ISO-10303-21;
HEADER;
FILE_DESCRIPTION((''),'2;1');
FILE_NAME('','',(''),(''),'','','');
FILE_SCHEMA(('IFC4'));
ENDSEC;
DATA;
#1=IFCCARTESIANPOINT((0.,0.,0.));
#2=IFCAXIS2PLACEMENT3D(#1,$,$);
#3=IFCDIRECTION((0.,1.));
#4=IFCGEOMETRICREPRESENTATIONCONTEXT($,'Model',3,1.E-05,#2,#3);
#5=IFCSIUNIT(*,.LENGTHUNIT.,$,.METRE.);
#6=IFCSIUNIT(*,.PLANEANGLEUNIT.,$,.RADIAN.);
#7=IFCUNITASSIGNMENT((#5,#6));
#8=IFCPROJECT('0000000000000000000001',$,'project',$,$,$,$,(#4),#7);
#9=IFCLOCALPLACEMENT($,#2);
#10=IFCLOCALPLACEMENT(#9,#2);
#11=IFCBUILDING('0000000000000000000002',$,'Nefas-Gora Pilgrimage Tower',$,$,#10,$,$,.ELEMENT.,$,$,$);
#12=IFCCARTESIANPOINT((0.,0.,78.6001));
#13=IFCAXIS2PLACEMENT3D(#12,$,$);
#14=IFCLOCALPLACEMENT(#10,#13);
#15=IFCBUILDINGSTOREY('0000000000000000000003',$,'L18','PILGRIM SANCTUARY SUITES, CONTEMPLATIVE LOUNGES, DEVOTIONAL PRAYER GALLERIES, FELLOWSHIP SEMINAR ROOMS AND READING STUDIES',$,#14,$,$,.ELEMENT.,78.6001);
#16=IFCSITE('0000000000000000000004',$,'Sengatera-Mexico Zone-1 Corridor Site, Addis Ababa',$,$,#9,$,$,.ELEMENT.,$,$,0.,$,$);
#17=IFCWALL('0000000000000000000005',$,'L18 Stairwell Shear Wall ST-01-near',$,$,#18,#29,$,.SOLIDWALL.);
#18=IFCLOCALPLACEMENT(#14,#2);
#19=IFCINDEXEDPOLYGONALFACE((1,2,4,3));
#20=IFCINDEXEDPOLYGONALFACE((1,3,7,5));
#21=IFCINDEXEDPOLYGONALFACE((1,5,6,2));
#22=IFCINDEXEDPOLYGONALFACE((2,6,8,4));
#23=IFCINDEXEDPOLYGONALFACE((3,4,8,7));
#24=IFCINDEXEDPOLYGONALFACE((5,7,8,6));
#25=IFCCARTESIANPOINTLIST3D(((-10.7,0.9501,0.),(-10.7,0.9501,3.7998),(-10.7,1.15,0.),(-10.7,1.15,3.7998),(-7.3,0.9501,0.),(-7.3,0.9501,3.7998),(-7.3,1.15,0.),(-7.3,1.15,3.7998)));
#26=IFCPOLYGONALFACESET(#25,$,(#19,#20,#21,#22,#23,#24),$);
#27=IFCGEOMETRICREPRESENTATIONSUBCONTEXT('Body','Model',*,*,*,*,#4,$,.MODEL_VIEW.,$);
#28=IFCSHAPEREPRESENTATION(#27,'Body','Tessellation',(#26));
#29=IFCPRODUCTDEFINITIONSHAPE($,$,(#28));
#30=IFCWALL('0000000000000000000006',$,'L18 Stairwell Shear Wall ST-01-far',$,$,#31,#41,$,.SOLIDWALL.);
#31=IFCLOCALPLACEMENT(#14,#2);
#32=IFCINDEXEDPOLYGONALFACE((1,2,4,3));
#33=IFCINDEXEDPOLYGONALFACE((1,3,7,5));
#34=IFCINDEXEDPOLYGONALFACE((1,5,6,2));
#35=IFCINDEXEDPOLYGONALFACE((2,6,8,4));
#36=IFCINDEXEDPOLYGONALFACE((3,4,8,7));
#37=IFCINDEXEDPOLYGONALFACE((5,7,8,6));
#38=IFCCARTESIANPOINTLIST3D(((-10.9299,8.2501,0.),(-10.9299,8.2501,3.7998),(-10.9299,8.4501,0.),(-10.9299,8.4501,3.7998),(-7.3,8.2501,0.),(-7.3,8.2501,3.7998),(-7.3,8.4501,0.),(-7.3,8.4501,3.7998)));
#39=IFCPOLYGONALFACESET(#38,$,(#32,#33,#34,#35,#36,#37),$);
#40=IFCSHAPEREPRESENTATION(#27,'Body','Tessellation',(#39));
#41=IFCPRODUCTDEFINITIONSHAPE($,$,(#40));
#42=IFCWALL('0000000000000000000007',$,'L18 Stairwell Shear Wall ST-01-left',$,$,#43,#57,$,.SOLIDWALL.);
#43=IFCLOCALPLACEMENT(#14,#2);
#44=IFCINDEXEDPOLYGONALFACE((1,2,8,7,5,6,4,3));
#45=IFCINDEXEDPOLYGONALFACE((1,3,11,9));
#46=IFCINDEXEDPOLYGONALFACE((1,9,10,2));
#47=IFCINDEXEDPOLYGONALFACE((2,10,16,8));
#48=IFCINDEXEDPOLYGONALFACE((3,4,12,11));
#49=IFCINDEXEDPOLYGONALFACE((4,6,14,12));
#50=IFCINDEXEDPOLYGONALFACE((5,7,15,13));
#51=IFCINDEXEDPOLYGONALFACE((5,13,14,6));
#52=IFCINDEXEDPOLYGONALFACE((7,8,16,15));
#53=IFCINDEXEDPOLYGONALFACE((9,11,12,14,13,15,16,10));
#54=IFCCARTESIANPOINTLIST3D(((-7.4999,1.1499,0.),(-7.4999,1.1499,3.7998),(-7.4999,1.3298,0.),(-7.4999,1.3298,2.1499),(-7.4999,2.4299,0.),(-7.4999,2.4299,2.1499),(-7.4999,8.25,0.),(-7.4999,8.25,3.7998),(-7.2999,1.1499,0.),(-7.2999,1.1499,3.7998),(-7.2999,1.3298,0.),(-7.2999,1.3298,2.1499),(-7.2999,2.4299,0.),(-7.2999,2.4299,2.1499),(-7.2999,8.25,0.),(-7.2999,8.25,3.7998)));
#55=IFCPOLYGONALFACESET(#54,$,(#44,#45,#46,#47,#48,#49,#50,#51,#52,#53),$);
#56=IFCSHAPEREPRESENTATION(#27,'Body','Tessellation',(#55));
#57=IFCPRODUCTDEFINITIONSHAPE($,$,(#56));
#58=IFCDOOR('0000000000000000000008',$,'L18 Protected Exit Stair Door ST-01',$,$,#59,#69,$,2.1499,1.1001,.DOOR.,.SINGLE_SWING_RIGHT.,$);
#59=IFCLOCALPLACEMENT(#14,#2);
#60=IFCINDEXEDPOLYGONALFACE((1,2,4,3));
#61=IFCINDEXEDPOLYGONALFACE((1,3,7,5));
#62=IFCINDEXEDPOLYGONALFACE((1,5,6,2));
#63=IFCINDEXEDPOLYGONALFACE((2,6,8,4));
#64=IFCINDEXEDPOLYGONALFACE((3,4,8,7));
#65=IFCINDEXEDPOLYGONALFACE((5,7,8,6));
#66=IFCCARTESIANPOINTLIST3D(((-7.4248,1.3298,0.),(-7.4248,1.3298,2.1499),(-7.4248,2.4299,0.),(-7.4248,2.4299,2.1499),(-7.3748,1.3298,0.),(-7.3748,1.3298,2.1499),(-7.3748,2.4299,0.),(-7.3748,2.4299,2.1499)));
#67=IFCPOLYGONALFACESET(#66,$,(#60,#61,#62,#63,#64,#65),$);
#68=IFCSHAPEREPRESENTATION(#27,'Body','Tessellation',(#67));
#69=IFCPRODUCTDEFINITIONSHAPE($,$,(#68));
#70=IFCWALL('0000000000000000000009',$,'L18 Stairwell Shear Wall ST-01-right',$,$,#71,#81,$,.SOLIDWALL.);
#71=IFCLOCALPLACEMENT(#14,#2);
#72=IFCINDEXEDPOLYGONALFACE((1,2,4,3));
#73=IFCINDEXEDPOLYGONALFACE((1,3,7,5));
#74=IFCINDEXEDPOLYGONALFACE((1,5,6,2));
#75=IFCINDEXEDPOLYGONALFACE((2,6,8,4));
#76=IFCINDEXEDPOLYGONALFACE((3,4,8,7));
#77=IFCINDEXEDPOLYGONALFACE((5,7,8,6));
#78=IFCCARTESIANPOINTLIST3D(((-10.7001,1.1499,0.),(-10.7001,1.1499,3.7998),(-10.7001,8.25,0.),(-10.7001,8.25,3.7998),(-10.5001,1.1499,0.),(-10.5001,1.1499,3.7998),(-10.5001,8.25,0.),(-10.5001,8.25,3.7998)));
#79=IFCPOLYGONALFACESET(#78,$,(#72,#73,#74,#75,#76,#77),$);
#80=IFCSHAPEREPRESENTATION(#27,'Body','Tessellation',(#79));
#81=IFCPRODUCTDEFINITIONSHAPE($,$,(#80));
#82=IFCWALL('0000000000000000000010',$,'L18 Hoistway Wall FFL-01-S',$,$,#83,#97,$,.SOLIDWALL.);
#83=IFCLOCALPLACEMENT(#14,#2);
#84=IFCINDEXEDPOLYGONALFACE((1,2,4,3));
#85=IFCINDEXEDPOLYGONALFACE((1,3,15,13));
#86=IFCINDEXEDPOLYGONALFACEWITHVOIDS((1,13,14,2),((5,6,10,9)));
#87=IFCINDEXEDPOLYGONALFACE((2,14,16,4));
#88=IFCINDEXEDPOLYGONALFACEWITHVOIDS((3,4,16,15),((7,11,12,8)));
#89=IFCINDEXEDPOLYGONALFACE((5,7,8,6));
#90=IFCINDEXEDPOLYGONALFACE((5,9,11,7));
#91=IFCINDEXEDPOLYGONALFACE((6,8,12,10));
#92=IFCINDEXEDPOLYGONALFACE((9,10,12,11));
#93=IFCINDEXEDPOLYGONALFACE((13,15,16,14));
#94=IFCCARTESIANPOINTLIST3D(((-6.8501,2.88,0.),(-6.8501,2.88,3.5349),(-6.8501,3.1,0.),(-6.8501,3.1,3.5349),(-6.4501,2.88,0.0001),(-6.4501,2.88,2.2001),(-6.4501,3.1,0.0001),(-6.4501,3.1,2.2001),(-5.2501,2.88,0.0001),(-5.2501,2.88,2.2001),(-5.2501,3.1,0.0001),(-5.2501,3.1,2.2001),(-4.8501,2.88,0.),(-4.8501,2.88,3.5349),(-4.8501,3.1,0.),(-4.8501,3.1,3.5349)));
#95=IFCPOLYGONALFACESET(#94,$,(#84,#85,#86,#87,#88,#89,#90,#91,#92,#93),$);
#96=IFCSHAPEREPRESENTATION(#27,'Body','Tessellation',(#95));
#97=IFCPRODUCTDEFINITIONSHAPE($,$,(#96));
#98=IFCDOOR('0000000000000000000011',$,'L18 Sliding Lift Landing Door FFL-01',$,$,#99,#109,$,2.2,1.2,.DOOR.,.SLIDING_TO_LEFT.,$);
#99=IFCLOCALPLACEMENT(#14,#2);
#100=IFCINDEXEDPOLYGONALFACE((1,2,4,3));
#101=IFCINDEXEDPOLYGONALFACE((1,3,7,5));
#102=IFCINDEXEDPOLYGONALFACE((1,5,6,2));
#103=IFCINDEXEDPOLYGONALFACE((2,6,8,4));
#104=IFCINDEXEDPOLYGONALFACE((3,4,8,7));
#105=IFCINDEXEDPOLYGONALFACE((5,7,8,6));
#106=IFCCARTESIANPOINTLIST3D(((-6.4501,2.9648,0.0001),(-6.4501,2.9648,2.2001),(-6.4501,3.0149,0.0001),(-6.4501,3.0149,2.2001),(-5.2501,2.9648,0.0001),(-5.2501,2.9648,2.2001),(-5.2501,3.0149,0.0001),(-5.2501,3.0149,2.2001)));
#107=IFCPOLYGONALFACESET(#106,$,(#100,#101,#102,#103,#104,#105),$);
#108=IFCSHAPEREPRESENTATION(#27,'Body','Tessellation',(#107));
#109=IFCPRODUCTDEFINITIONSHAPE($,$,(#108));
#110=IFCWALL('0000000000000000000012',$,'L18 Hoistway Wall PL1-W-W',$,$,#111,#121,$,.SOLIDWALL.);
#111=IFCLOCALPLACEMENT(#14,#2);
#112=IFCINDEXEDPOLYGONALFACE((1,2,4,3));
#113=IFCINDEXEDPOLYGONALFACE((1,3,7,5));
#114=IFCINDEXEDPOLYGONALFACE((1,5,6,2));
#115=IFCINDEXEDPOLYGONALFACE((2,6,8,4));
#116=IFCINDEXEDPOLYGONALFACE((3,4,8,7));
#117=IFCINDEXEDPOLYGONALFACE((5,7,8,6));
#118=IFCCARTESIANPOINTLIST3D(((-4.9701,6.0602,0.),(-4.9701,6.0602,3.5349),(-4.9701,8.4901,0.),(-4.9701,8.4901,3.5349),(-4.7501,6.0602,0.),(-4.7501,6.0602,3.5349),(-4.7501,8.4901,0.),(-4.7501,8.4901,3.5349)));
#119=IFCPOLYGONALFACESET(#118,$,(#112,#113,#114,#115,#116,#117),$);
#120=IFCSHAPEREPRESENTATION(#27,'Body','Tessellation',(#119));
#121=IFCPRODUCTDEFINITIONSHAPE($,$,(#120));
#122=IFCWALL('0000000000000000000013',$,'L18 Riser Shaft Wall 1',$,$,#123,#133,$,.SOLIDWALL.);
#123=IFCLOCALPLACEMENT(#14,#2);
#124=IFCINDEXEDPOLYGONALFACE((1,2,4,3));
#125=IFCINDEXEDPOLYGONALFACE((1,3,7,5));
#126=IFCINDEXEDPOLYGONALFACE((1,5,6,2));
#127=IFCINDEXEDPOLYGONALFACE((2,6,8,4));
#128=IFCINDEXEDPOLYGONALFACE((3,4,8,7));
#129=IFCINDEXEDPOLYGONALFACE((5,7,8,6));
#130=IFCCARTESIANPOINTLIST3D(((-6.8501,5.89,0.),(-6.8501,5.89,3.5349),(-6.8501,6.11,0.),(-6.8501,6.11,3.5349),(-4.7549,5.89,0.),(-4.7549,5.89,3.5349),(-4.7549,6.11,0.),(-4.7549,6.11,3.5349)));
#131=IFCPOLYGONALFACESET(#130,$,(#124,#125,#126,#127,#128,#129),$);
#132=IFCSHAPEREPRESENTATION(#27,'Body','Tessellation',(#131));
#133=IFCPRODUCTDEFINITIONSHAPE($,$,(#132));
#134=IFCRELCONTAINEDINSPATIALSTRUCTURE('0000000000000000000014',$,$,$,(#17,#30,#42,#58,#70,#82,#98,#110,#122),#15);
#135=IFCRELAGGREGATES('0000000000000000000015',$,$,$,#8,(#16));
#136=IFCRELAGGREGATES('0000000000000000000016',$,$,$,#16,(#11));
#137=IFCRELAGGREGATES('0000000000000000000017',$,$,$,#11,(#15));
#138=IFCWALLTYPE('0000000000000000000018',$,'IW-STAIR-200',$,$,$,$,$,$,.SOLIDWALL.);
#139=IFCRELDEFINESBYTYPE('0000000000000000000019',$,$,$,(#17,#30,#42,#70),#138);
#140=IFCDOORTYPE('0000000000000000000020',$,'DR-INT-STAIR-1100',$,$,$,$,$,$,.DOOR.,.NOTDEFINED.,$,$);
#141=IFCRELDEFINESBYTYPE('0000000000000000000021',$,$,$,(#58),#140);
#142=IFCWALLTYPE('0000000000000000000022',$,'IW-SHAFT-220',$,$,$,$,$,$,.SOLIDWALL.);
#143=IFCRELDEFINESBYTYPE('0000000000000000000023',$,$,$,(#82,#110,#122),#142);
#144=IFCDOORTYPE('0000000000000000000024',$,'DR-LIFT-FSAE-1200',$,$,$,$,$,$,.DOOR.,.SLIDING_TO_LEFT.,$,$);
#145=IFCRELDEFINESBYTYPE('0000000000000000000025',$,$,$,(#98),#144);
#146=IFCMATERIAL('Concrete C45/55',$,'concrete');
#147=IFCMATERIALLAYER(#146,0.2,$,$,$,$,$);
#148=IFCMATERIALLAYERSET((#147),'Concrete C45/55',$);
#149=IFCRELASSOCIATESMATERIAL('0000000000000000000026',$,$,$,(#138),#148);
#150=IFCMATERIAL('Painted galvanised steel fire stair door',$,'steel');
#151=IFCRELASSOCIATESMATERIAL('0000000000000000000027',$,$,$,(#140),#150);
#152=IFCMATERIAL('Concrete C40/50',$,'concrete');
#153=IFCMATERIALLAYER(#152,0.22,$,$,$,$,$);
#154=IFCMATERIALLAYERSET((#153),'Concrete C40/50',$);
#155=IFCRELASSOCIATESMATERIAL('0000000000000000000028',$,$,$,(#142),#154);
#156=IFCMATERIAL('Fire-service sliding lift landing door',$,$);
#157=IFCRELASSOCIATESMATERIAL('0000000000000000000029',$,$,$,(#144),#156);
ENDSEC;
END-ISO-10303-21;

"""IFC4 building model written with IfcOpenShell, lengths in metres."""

from ifc_helpers import new_model, si_unit, direction, frame, frame_2d, origin, place, context, subcontext, project, spatial, rectangle, extrude, source, transform, mapped, material, layer, layer_set, type_object, element, fill, save


model = new_model("IFC4")

# Units and contexts
model_context = context("Model", 3, precision=1e-05, world=origin(), true_north=direction((0.0, 1.0)))
body_context = subcontext(model_context, "Body", "Model", "MODEL_VIEW")
ifc_project = project(units=[si_unit("LENGTHUNIT", "METRE"), si_unit("PLANEANGLEUNIT", "RADIAN")], contexts=[model_context])

# Site, building, storey
site_placement = place(None, origin())
site = spatial("IfcSite", under=ifc_project, at=site_placement, Name="Sengatera-Mexico Zone-1 Corridor Site, Addis Ababa", CompositionType="ELEMENT", RefElevation=0.0)
building_placement = place(site_placement, origin())
building = spatial("IfcBuilding", under=site, at=building_placement, Name="Nefas-Gora Pilgrimage Tower", CompositionType="ELEMENT")
storey_placement = place(building_placement, frame((0.0, 0.0, 78.6001)))
storey = spatial("IfcBuildingStorey", under=building, at=storey_placement, Name="L18", Description="PILGRIM SANCTUARY SUITES, CONTEMPLATIVE LOUNGES, DEVOTIONAL PRAYER GALLERIES, FELLOWSHIP SEMINAR ROOMS AND READING STUDIES", CompositionType="ELEMENT", Elevation=78.6001)

# Walls
ifc_material_1 = material(Name="Concrete C45/55", Category="concrete")
ifc_layer_1 = layer(ifc_material_1, 0.2)
ifc_layer_set_1 = layer_set([ifc_layer_1], Name="Concrete C45/55")
wall_type_1 = type_object("IfcWallType", Name="IW-STAIR-200", PredefinedType="SOLIDWALL", material=ifc_layer_set_1)
shared_shape_1 = source(origin(), body_context, "Body", "SweptSolid", [
    extrude(rectangle(XDim=3.3999, YDim=0.2, at=frame_2d((1.7, 0.0))), origin(), (0.0, 0.0, 1.0), 3.7998),
])
wall_1_placement = place(storey_placement, frame((-7.3, 1.05, 0.0), z_axis=(0.0, 0.0, 1.0), x_axis=(-1.0, 0.0, 0.0)))
element("IfcWall", 1, at=wall_1_placement, inside=storey, type_object=wall_type_1, Name="L18 Stairwell Shear Wall ST-01-near", PredefinedType="SOLIDWALL", context=body_context, shape_type="MappedRepresentation", body=[
    mapped(shared_shape_1, transform((0.0, 0.0, 0.0), x_axis=(1.0, 0.0, 0.0), y_axis=(0.0, 1.0, 0.0), z_axis=(0.0, 0.0, 1.0), scale=1.0)),
])
shared_shape_2 = source(origin(), body_context, "Body", "SweptSolid", [
    extrude(rectangle(XDim=3.6299, YDim=0.2, at=frame_2d((1.8149, 0.0))), origin(), (0.0, 0.0, 1.0), 3.7998),
])
wall_2_placement = place(storey_placement, frame((-7.3, 8.3501, 0.0), z_axis=(0.0, 0.0, 1.0), x_axis=(-1.0, 0.0, 0.0)))
element("IfcWall", 2, at=wall_2_placement, inside=storey, type_object=wall_type_1, Name="L18 Stairwell Shear Wall ST-01-far", PredefinedType="SOLIDWALL", context=body_context, shape_type="MappedRepresentation", body=[
    mapped(shared_shape_2, transform((0.0, 0.0, 0.0), x_axis=(1.0, 0.0, 0.0), y_axis=(0.0, 1.0, 0.0), z_axis=(0.0, 0.0, 1.0), scale=1.0)),
])

# Wall, opening, door
shared_shape_3 = source(origin(), body_context, "Body", "SweptSolid", [
    extrude(rectangle(XDim=7.1001, YDim=0.2, at=frame_2d((3.55, 0.0))), origin(), (0.0, 0.0, 1.0), 3.7998),
])
wall_3_placement = place(storey_placement, frame((-7.3999, 1.1499, 0.0), z_axis=(0.0, 0.0, 1.0), x_axis=(0.0, 1.0, 0.0)))
wall_3 = element("IfcWall", 3, at=wall_3_placement, inside=storey, type_object=wall_type_1, Name="L18 Stairwell Shear Wall ST-01-left", PredefinedType="SOLIDWALL", context=body_context, shape_type="MappedRepresentation", body=[
    mapped(shared_shape_3, transform((0.0, 0.0, 0.0), x_axis=(1.0, 0.0, 0.0), y_axis=(0.0, 1.0, 0.0), z_axis=(0.0, 0.0, 1.0), scale=1.0)),
])
opening_1_placement = place(wall_3_placement, frame((0.1799, 0.0, 0.0)))
opening_1 = element("IfcOpeningElement", 4, at=opening_1_placement, cuts=wall_3, PredefinedType="OPENING", context=body_context, shape_type="SweptSolid", body=[
    extrude(rectangle(XDim=1.1001, YDim=2.1499, at=frame_2d((0.55, 1.075))), frame((0.0, 0.1099, 0.0), z_axis=(0.0, -1.0, 0.0), x_axis=(1.0, 0.0, 0.0)), (0.0, 0.0, 1.0), 0.22),
])
ifc_material_2 = material(Name="Painted galvanised steel fire stair door", Category="steel")
door_type_1 = type_object("IfcDoorType", Name="DR-INT-STAIR-1100", OperationType="NOTDEFINED", PredefinedType="DOOR", material=ifc_material_2)
shared_shape_4 = source(origin(), body_context, "Body", "SweptSolid", [
    extrude(rectangle(XDim=1.1001, YDim=2.1499, at=frame_2d((0.55, 1.075))), frame((0.0, 0.0249, 0.0), z_axis=(0.0, -1.0, 0.0), x_axis=(1.0, 0.0, 0.0)), (0.0, 0.0, 1.0), 0.05),
])
door_1_placement = place(opening_1_placement, origin())
door_1 = element("IfcDoor", 5, at=door_1_placement, inside=storey, type_object=door_type_1, Name="L18 Protected Exit Stair Door ST-01", OperationType="SINGLE_SWING_RIGHT", OverallHeight=2.1499, OverallWidth=1.1001, PredefinedType="DOOR", context=body_context, shape_type="MappedRepresentation", body=[
    mapped(shared_shape_4, transform((0.0, 0.0, 0.0), x_axis=(1.0, 0.0, 0.0), y_axis=(0.0, 1.0, 0.0), z_axis=(0.0, 0.0, 1.0), scale=1.0)),
])
fill(opening_1, door_1)

# Wall
wall_4_placement = place(storey_placement, frame((-10.6001, 1.1499, 0.0), z_axis=(0.0, 0.0, 1.0), x_axis=(0.0, 1.0, 0.0)))
element("IfcWall", 6, at=wall_4_placement, inside=storey, type_object=wall_type_1, Name="L18 Stairwell Shear Wall ST-01-right", PredefinedType="SOLIDWALL", context=body_context, shape_type="MappedRepresentation", body=[
    mapped(shared_shape_3, transform((0.0, 0.0, 0.0), x_axis=(1.0, 0.0, 0.0), y_axis=(0.0, 1.0, 0.0), z_axis=(0.0, 0.0, 1.0), scale=1.0)),
])

# Wall, opening, door
ifc_material_3 = material(Name="Concrete C40/50", Category="concrete")
ifc_layer_2 = layer(ifc_material_3, 0.22)
ifc_layer_set_2 = layer_set([ifc_layer_2], Name="Concrete C40/50")
wall_type_2 = type_object("IfcWallType", Name="IW-SHAFT-220", PredefinedType="SOLIDWALL", material=ifc_layer_set_2)
shared_shape_5 = source(origin(), body_context, "Body", "SweptSolid", [
    extrude(rectangle(XDim=2.0, YDim=0.22, at=frame_2d((1.0, 0.0))), origin(), (0.0, 0.0, 1.0), 3.5349),
])
wall_5_placement = place(storey_placement, frame((-6.8501, 2.99, 0.0), z_axis=(0.0, 0.0, 1.0), x_axis=(1.0, 0.0, 0.0)))
wall_5 = element("IfcWall", 7, at=wall_5_placement, inside=storey, type_object=wall_type_2, Name="L18 Hoistway Wall FFL-01-S", PredefinedType="SOLIDWALL", context=body_context, shape_type="MappedRepresentation", body=[
    mapped(shared_shape_5, transform((0.0, 0.0, 0.0), x_axis=(1.0, 0.0, 0.0), y_axis=(0.0, 1.0, 0.0), z_axis=(0.0, 0.0, 1.0), scale=1.0)),
])
opening_2_placement = place(wall_5_placement, frame((0.3999, 0.0, 0.0)))
opening_2 = element("IfcOpeningElement", 8, at=opening_2_placement, cuts=wall_5, PredefinedType="OPENING", context=body_context, shape_type="SweptSolid", body=[
    extrude(rectangle(XDim=1.2, YDim=2.2, at=frame_2d((0.6001, 1.1001))), frame((0.0, 0.1199, 0.0), z_axis=(0.0, -1.0, 0.0), x_axis=(1.0, 0.0, 0.0)), (0.0, 0.0, 1.0), 0.24),
])
ifc_material_4 = material(Name="Fire-service sliding lift landing door")
door_type_2 = type_object("IfcDoorType", Name="DR-LIFT-FSAE-1200", OperationType="SLIDING_TO_LEFT", PredefinedType="DOOR", material=ifc_material_4)
shared_shape_6 = source(origin(), body_context, "Body", "SweptSolid", [
    extrude(rectangle(XDim=1.2, YDim=2.2, at=frame_2d((0.6001, 1.1001))), frame((0.0, 0.0249, 0.0), z_axis=(0.0, -1.0, 0.0), x_axis=(1.0, 0.0, 0.0)), (0.0, 0.0, 1.0), 0.05),
])
door_2_placement = place(opening_2_placement, origin())
door_2 = element("IfcDoor", 9, at=door_2_placement, inside=storey, type_object=door_type_2, Name="L18 Sliding Lift Landing Door FFL-01", OperationType="SLIDING_TO_LEFT", OverallHeight=2.2, OverallWidth=1.2, PredefinedType="DOOR", context=body_context, shape_type="MappedRepresentation", body=[
    mapped(shared_shape_6, transform((0.0, 0.0, 0.0), x_axis=(1.0, 0.0, 0.0), y_axis=(0.0, 1.0, 0.0), z_axis=(0.0, 0.0, 1.0), scale=1.0)),
])
fill(opening_2, door_2)

# Walls
shared_shape_7 = source(origin(), body_context, "Body", "SweptSolid", [
    extrude(rectangle(XDim=2.4299, YDim=0.22, at=frame_2d((1.2148, 0.0))), origin(), (0.0, 0.0, 1.0), 3.5349),
])
wall_6_placement = place(storey_placement, frame((-4.8601, 8.49, 0.0), z_axis=(0.0, 0.0, 1.0), x_axis=(0.0, -1.0, 0.0)))
element("IfcWall", 10, at=wall_6_placement, inside=storey, type_object=wall_type_2, Name="L18 Hoistway Wall PL1-W-W", PredefinedType="SOLIDWALL", context=body_context, shape_type="MappedRepresentation", body=[
    mapped(shared_shape_7, transform((0.0, 0.0, 0.0), x_axis=(1.0, 0.0, 0.0), y_axis=(0.0, 1.0, 0.0), z_axis=(0.0, 0.0, 1.0), scale=1.0)),
])
shared_shape_8 = source(origin(), body_context, "Body", "SweptSolid", [
    extrude(rectangle(XDim=2.0952, YDim=0.22, at=frame_2d((1.0476, 0.0))), origin(), (0.0, 0.0, 1.0), 3.5349),
])
wall_7_placement = place(storey_placement, frame((-6.8501, 6.0, 0.0), z_axis=(0.0, 0.0, 1.0), x_axis=(1.0, 0.0, 0.0)))
element("IfcWall", 11, at=wall_7_placement, inside=storey, type_object=wall_type_2, Name="L18 Riser Shaft Wall 1", PredefinedType="SOLIDWALL", context=body_context, shape_type="MappedRepresentation", body=[
    mapped(shared_shape_8, transform((0.0, 0.0, 0.0), x_axis=(1.0, 0.0, 0.0), y_axis=(0.0, 1.0, 0.0), z_axis=(0.0, 0.0, 1.0), scale=1.0)),
])

save(model, "model.ifc")
